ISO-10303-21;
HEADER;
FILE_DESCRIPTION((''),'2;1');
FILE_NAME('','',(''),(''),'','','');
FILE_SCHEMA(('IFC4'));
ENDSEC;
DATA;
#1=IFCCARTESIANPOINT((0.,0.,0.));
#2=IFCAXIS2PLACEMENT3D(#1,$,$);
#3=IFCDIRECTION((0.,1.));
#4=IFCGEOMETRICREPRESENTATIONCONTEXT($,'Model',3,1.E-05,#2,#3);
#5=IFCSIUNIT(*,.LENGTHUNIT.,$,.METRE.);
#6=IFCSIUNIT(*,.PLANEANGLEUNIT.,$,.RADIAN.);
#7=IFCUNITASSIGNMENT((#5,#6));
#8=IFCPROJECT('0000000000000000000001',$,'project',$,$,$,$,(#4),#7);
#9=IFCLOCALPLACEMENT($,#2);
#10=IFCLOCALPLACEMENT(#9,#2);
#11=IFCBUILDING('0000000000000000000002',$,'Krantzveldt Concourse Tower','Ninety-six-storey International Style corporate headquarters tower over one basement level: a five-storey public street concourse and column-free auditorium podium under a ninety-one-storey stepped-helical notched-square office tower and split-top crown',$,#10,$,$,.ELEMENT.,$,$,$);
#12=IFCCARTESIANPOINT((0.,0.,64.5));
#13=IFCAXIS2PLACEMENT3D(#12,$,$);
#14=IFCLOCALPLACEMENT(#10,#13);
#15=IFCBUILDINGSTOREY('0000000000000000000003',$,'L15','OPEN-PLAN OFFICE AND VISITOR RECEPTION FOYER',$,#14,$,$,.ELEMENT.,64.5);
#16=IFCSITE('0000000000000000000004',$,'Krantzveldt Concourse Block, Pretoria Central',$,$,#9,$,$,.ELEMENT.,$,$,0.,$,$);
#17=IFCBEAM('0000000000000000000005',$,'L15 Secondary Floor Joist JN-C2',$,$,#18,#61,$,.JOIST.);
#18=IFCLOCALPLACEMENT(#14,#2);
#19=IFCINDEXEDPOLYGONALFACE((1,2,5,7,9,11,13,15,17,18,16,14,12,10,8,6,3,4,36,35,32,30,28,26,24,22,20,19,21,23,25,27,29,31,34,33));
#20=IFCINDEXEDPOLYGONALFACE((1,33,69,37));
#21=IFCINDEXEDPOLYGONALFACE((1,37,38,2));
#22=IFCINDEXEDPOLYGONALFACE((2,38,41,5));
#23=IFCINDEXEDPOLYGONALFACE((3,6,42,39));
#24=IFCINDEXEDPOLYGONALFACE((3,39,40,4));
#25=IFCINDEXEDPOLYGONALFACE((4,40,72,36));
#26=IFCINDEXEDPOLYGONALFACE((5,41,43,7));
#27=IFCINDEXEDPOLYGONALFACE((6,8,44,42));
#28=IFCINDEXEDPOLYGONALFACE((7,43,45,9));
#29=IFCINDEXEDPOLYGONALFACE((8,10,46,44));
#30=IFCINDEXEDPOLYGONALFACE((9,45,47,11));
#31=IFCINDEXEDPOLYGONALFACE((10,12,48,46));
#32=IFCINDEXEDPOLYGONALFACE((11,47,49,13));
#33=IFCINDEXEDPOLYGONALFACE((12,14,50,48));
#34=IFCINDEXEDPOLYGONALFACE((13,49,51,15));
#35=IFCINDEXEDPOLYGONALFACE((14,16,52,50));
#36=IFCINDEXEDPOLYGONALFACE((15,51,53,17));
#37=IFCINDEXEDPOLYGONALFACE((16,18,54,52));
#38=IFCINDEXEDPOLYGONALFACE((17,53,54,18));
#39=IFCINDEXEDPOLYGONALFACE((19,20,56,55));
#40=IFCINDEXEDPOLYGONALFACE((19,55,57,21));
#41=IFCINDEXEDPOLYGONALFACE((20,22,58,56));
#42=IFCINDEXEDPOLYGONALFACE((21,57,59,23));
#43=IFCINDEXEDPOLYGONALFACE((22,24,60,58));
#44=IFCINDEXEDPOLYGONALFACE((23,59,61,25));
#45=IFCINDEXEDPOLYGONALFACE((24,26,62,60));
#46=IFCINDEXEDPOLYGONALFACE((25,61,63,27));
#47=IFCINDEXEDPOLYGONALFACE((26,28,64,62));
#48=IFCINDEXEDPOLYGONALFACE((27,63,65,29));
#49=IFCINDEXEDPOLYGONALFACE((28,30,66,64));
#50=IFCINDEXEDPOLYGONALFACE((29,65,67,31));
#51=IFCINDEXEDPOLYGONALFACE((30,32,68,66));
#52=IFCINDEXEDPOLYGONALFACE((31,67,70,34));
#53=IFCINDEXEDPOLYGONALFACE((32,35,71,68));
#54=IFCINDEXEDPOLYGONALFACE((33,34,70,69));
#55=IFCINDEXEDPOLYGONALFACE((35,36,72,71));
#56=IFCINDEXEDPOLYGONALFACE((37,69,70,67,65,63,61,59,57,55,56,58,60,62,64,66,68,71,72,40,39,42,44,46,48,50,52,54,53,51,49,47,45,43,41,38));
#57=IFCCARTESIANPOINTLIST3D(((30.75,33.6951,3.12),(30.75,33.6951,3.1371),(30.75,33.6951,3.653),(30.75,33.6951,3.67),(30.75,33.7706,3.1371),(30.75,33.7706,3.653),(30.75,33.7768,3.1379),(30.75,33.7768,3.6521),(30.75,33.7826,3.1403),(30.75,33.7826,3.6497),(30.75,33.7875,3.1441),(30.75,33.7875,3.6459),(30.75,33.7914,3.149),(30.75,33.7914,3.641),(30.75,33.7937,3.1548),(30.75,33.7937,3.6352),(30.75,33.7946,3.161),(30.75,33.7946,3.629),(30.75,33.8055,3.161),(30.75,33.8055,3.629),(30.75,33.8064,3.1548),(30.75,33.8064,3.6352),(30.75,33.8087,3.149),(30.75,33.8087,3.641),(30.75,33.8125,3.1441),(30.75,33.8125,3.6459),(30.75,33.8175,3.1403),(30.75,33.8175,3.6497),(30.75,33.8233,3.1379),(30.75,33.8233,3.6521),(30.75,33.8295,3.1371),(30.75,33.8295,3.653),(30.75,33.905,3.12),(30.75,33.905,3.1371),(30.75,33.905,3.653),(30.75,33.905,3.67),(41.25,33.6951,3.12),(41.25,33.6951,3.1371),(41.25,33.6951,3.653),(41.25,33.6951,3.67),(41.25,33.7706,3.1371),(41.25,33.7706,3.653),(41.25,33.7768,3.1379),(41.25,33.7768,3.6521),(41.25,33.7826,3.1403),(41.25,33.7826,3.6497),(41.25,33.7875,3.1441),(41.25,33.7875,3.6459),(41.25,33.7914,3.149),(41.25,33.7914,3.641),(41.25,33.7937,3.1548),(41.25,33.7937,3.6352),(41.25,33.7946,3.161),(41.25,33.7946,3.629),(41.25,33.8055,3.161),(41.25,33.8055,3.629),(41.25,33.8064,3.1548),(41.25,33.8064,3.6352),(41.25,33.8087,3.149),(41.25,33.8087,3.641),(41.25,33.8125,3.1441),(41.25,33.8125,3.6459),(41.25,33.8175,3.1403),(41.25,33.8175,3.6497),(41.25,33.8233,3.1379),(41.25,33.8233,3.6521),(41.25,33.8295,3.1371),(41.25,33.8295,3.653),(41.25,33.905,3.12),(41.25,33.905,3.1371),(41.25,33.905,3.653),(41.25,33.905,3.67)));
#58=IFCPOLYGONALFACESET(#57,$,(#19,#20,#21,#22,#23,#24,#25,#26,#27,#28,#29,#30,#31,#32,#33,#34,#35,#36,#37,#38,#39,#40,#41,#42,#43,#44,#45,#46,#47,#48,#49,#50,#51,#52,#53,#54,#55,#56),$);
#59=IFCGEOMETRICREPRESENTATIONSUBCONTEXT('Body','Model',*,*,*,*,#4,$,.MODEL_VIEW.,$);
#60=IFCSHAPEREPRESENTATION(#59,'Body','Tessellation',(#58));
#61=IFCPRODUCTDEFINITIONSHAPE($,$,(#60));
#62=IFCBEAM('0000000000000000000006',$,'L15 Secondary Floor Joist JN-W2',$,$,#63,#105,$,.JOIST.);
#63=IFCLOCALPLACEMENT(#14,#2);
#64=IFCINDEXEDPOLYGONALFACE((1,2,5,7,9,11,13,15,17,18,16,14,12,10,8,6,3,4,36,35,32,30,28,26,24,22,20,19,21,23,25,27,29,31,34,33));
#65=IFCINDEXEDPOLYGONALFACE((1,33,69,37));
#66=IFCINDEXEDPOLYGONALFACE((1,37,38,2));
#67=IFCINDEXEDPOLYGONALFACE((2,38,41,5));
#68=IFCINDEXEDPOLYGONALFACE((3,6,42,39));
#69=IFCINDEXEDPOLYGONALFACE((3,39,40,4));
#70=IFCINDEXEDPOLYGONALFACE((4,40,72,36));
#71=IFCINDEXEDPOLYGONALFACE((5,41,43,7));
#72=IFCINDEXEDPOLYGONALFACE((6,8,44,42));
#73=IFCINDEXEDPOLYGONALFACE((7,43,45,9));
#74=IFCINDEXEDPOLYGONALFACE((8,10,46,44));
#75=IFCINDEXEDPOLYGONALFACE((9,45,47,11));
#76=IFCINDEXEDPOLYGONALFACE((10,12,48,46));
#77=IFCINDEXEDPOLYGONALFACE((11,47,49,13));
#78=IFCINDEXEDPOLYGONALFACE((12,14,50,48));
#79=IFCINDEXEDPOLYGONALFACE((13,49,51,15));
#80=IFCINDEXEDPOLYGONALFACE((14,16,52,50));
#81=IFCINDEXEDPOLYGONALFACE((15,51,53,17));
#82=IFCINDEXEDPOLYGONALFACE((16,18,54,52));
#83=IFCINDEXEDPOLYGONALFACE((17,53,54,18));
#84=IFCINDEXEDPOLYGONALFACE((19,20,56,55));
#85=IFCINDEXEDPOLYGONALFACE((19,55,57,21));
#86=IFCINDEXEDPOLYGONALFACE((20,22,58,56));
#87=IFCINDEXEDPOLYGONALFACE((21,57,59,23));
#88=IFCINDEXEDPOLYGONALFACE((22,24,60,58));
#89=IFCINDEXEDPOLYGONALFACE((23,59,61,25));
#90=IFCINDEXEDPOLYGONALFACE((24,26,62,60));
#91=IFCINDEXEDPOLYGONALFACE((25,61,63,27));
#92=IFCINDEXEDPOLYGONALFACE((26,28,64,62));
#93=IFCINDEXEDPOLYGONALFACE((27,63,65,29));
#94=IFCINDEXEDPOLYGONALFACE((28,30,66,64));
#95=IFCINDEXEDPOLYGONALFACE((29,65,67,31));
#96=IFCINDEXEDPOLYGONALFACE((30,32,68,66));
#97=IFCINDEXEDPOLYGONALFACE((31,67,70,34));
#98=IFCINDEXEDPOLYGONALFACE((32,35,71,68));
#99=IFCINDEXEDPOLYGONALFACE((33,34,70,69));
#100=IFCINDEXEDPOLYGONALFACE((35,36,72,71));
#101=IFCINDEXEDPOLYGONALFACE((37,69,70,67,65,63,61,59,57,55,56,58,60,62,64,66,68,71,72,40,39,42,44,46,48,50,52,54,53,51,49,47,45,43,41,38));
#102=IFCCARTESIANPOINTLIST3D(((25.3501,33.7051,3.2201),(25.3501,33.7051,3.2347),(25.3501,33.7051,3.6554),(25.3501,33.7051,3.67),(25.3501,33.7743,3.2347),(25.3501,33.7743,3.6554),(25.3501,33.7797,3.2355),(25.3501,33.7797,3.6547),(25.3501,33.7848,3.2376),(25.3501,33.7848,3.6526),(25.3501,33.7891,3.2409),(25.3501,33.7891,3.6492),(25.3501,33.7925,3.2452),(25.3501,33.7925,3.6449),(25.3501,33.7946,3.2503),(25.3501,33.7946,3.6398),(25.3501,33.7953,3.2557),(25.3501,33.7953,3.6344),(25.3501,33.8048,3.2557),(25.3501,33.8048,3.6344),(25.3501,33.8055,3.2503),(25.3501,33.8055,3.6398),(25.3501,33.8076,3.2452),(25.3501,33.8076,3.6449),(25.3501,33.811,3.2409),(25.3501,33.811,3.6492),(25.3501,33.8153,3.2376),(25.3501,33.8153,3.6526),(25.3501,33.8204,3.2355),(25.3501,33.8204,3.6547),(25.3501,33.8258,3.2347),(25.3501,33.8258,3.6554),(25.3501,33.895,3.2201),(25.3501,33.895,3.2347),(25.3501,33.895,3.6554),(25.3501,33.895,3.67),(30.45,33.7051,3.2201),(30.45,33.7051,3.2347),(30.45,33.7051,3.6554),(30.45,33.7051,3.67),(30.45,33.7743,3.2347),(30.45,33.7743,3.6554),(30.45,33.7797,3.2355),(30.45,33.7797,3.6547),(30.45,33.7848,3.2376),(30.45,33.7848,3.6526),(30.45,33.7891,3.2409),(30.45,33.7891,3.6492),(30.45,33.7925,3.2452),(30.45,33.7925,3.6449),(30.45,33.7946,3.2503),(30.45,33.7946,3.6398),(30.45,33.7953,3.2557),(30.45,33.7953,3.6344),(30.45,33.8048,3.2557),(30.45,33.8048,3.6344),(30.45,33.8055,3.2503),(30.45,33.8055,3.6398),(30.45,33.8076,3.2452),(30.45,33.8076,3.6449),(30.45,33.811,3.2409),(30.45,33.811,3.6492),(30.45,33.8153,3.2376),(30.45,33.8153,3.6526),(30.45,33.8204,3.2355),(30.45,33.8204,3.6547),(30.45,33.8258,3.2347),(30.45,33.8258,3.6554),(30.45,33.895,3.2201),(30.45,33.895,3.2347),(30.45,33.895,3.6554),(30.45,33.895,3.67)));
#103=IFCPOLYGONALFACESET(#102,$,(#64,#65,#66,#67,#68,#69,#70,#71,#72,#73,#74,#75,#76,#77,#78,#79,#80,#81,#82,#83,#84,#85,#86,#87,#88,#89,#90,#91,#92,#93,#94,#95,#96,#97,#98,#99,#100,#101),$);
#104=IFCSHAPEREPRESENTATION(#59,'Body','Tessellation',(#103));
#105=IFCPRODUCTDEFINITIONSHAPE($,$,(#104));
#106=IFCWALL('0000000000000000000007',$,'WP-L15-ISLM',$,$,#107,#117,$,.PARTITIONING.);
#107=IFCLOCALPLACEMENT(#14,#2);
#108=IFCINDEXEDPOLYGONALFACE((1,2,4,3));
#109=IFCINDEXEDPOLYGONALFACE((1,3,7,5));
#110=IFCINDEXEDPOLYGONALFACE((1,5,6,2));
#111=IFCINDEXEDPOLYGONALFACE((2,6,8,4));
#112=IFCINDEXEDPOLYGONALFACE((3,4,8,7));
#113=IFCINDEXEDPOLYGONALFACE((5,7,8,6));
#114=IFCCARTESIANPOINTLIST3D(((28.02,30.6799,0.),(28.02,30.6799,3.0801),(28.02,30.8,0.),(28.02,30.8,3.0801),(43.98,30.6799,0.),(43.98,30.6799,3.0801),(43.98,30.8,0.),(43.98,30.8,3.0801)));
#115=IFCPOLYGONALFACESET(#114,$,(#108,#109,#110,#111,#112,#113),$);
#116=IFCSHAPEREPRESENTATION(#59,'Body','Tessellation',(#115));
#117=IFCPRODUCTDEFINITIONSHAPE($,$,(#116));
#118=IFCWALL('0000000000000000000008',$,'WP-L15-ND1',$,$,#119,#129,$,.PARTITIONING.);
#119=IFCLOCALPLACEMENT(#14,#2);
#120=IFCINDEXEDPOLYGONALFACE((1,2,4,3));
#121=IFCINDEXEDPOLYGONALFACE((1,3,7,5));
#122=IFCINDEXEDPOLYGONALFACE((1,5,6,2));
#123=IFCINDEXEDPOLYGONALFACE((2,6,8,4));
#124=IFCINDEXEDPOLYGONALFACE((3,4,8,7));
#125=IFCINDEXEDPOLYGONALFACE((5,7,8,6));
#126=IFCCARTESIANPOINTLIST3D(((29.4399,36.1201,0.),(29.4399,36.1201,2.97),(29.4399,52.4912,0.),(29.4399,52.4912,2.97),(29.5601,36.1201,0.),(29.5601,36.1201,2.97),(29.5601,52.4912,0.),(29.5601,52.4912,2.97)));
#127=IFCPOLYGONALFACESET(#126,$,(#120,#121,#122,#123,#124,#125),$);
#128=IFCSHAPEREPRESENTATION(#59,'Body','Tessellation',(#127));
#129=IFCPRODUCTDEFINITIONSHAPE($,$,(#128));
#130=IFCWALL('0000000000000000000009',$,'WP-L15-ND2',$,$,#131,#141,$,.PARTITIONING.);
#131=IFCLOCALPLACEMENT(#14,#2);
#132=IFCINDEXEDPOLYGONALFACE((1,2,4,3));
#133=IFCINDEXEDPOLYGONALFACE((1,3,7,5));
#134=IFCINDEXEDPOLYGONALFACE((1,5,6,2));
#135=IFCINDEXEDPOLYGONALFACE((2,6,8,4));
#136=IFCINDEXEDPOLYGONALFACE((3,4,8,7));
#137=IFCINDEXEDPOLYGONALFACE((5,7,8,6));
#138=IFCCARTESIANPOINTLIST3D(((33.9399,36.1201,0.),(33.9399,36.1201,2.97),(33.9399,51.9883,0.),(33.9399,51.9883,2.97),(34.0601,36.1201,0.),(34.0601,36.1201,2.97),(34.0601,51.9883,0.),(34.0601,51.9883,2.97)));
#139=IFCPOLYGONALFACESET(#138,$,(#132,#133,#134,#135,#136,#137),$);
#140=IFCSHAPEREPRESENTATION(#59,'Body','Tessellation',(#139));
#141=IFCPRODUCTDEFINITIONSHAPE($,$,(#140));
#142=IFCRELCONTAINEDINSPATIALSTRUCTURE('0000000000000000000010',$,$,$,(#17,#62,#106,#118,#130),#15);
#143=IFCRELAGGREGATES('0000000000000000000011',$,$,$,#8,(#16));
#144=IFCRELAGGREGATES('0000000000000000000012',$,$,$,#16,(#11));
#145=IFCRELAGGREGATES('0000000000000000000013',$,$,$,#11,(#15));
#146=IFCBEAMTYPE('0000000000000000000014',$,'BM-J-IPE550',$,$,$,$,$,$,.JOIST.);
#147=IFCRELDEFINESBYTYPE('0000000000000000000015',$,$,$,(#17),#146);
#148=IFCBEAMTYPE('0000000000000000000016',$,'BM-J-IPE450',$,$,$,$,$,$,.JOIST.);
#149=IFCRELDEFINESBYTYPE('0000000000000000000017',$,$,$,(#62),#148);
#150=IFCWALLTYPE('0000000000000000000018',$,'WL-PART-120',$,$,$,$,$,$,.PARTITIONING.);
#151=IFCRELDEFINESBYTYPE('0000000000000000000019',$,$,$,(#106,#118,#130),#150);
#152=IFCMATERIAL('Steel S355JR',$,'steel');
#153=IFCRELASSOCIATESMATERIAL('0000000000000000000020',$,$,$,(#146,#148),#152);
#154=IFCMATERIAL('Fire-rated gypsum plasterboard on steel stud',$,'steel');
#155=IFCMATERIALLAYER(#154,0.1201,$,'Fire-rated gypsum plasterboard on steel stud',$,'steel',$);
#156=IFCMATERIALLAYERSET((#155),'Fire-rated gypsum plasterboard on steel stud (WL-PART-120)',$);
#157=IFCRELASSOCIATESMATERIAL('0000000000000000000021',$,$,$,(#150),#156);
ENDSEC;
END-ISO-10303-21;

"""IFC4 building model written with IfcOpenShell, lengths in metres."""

from ifc_helpers import new_model, si_unit, direction, frame, frame_2d, origin, origin_2d, place, context, subcontext, project, spatial, rectangle, i_section, extrude, source, transform, mapped, material, layer, layer_set, material_profile, profile_set, type_object, type_shapes, element, save


model = new_model("IFC4")

# Units and contexts
model_context = context("Model", 3, precision=1e-05, world=origin(), true_north=direction((0.0, 1.0)))
body_context = subcontext(model_context, "Body", "Model", "MODEL_VIEW")
ifc_project = project(units=[si_unit("LENGTHUNIT", "METRE"), si_unit("PLANEANGLEUNIT", "RADIAN")], contexts=[model_context])

# Site, building, storey
site_placement = place(None, origin())
site = spatial("IfcSite", under=ifc_project, at=site_placement, Name="Krantzveldt Concourse Block, Pretoria Central", CompositionType="ELEMENT", RefElevation=0.0)
building_placement = place(site_placement, origin())
building = spatial("IfcBuilding", under=site, at=building_placement, Name="Krantzveldt Concourse Tower", Description="Ninety-six-storey International Style corporate headquarters tower over one basement level: a five-storey public street concourse and column-free auditorium podium under a ninety-one-storey stepped-helical notched-square office tower and split-top crown", CompositionType="ELEMENT")
storey_placement = place(building_placement, frame((0.0, 0.0, 64.5)))
storey = spatial("IfcBuildingStorey", under=building, at=storey_placement, Name="L15", Description="OPEN-PLAN OFFICE AND VISITOR RECEPTION FOYER", CompositionType="ELEMENT", Elevation=64.5)

# Beams
ifc_material_1 = material(Name="Steel S355JR", Category="steel")
ifc_material_profile_1 = material_profile(ifc_material_1, i_section(OverallWidth=0.21, OverallDepth=0.55, WebThickness=0.011, FlangeThickness=0.0171, FilletRadius=0.0239, at=origin_2d()), Name="Steel S355JR", Category="steel")
ifc_profile_set_1 = profile_set([ifc_material_profile_1], Name="Steel S355JR - IPE 550")
beam_type_1 = type_object("IfcBeamType", Name="BM-J-IPE550", PredefinedType="JOIST", material=ifc_profile_set_1)
shared_shape_1 = source(origin(), body_context, "Body", "SweptSolid", [
    extrude(i_section(OverallWidth=0.21, OverallDepth=0.55, WebThickness=0.011, FlangeThickness=0.0171, FilletRadius=0.0239, at=origin_2d()), origin(), (0.0, 0.0, 1.0), 10.5),
])
type_shapes(beam_type_1, [shared_shape_1])
beam_1_placement = place(storey_placement, frame((30.75, 33.8, 3.395), z_axis=(1.0, 0.0, 0.0), x_axis=(0.0, 1.0, 0.0)))
element("IfcBeam", 1, at=beam_1_placement, inside=storey, type_object=beam_type_1, Name="L15 Secondary Floor Joist JN-C2", PredefinedType="JOIST", context=body_context, shape_type="MappedRepresentation", body=[
    mapped(shared_shape_1, transform((0.0, 0.0, 0.0), x_axis=(1.0, 0.0, 0.0), y_axis=(0.0, 1.0, 0.0), z_axis=(0.0, 0.0, 1.0), scale=1.0)),
])
ifc_material_profile_2 = material_profile(ifc_material_1, i_section(OverallWidth=0.1899, OverallDepth=0.45, WebThickness=0.0095, FlangeThickness=0.0146, FilletRadius=0.021, at=origin_2d()), Name="Steel S355JR", Category="steel")
ifc_profile_set_2 = profile_set([ifc_material_profile_2], Name="Steel S355JR - IPE 450")
beam_type_2 = type_object("IfcBeamType", Name="BM-J-IPE450", PredefinedType="JOIST", material=ifc_profile_set_2)
shared_shape_2 = source(origin(), body_context, "Body", "SweptSolid", [
    extrude(i_section(OverallWidth=0.1899, OverallDepth=0.45, WebThickness=0.0095, FlangeThickness=0.0146, FilletRadius=0.021, at=origin_2d()), origin(), (0.0, 0.0, 1.0), 5.0999),
])
type_shapes(beam_type_2, [shared_shape_2])
beam_2_placement = place(storey_placement, frame((25.3501, 33.8, 3.4451), z_axis=(1.0, 0.0, 0.0), x_axis=(0.0, 1.0, 0.0)))
element("IfcBeam", 2, at=beam_2_placement, inside=storey, type_object=beam_type_2, Name="L15 Secondary Floor Joist JN-W2", PredefinedType="JOIST", context=body_context, shape_type="MappedRepresentation", body=[
    mapped(shared_shape_2, transform((0.0, 0.0, 0.0), x_axis=(1.0, 0.0, 0.0), y_axis=(0.0, 1.0, 0.0), z_axis=(0.0, 0.0, 1.0), scale=1.0)),
])

# Walls
ifc_material_2 = material(Name="Fire-rated gypsum plasterboard on steel stud", Category="steel")
ifc_layer_1 = layer(ifc_material_2, 0.1201, Name="Fire-rated gypsum plasterboard on steel stud", Category="steel")
ifc_layer_set_1 = layer_set([ifc_layer_1], Name="Fire-rated gypsum plasterboard on steel stud (WL-PART-120)")
wall_type_1 = type_object("IfcWallType", Name="WL-PART-120", PredefinedType="PARTITIONING", material=ifc_layer_set_1)
wall_1_placement = place(storey_placement, frame((28.02, 30.74, 0.0), z_axis=(0.0, 0.0, 1.0), x_axis=(1.0, 0.0, 0.0)))
element("IfcWall", 3, at=wall_1_placement, inside=storey, type_object=wall_type_1, Name="WP-L15-ISLM", PredefinedType="PARTITIONING", context=body_context, shape_type="SweptSolid", body=[
    extrude(rectangle(XDim=15.96, YDim=0.1201, at=frame_2d((7.98, 0.0))), origin(), (0.0, 0.0, 1.0), 3.0801),
])
wall_2_placement = place(storey_placement, frame((29.5, 36.1201, 0.0), z_axis=(0.0, 0.0, 1.0), x_axis=(0.0, 1.0, 0.0)))
element("IfcWall", 4, at=wall_2_placement, inside=storey, type_object=wall_type_1, Name="WP-L15-ND1", PredefinedType="PARTITIONING", context=body_context, shape_type="SweptSolid", body=[
    extrude(rectangle(XDim=16.3711, YDim=0.1201, at=frame_2d((8.1855, 0.0))), origin(), (0.0, 0.0, 1.0), 2.97),
])
wall_3_placement = place(storey_placement, frame((34.0, 36.1201, 0.0), z_axis=(0.0, 0.0, 1.0), x_axis=(0.0, 1.0, 0.0)))
element("IfcWall", 5, at=wall_3_placement, inside=storey, type_object=wall_type_1, Name="WP-L15-ND2", PredefinedType="PARTITIONING", context=body_context, shape_type="SweptSolid", body=[
    extrude(rectangle(XDim=15.8682, YDim=0.1201, at=frame_2d((7.9341, 0.0))), origin(), (0.0, 0.0, 1.0), 2.97),
])

save(model, "model.ifc")
